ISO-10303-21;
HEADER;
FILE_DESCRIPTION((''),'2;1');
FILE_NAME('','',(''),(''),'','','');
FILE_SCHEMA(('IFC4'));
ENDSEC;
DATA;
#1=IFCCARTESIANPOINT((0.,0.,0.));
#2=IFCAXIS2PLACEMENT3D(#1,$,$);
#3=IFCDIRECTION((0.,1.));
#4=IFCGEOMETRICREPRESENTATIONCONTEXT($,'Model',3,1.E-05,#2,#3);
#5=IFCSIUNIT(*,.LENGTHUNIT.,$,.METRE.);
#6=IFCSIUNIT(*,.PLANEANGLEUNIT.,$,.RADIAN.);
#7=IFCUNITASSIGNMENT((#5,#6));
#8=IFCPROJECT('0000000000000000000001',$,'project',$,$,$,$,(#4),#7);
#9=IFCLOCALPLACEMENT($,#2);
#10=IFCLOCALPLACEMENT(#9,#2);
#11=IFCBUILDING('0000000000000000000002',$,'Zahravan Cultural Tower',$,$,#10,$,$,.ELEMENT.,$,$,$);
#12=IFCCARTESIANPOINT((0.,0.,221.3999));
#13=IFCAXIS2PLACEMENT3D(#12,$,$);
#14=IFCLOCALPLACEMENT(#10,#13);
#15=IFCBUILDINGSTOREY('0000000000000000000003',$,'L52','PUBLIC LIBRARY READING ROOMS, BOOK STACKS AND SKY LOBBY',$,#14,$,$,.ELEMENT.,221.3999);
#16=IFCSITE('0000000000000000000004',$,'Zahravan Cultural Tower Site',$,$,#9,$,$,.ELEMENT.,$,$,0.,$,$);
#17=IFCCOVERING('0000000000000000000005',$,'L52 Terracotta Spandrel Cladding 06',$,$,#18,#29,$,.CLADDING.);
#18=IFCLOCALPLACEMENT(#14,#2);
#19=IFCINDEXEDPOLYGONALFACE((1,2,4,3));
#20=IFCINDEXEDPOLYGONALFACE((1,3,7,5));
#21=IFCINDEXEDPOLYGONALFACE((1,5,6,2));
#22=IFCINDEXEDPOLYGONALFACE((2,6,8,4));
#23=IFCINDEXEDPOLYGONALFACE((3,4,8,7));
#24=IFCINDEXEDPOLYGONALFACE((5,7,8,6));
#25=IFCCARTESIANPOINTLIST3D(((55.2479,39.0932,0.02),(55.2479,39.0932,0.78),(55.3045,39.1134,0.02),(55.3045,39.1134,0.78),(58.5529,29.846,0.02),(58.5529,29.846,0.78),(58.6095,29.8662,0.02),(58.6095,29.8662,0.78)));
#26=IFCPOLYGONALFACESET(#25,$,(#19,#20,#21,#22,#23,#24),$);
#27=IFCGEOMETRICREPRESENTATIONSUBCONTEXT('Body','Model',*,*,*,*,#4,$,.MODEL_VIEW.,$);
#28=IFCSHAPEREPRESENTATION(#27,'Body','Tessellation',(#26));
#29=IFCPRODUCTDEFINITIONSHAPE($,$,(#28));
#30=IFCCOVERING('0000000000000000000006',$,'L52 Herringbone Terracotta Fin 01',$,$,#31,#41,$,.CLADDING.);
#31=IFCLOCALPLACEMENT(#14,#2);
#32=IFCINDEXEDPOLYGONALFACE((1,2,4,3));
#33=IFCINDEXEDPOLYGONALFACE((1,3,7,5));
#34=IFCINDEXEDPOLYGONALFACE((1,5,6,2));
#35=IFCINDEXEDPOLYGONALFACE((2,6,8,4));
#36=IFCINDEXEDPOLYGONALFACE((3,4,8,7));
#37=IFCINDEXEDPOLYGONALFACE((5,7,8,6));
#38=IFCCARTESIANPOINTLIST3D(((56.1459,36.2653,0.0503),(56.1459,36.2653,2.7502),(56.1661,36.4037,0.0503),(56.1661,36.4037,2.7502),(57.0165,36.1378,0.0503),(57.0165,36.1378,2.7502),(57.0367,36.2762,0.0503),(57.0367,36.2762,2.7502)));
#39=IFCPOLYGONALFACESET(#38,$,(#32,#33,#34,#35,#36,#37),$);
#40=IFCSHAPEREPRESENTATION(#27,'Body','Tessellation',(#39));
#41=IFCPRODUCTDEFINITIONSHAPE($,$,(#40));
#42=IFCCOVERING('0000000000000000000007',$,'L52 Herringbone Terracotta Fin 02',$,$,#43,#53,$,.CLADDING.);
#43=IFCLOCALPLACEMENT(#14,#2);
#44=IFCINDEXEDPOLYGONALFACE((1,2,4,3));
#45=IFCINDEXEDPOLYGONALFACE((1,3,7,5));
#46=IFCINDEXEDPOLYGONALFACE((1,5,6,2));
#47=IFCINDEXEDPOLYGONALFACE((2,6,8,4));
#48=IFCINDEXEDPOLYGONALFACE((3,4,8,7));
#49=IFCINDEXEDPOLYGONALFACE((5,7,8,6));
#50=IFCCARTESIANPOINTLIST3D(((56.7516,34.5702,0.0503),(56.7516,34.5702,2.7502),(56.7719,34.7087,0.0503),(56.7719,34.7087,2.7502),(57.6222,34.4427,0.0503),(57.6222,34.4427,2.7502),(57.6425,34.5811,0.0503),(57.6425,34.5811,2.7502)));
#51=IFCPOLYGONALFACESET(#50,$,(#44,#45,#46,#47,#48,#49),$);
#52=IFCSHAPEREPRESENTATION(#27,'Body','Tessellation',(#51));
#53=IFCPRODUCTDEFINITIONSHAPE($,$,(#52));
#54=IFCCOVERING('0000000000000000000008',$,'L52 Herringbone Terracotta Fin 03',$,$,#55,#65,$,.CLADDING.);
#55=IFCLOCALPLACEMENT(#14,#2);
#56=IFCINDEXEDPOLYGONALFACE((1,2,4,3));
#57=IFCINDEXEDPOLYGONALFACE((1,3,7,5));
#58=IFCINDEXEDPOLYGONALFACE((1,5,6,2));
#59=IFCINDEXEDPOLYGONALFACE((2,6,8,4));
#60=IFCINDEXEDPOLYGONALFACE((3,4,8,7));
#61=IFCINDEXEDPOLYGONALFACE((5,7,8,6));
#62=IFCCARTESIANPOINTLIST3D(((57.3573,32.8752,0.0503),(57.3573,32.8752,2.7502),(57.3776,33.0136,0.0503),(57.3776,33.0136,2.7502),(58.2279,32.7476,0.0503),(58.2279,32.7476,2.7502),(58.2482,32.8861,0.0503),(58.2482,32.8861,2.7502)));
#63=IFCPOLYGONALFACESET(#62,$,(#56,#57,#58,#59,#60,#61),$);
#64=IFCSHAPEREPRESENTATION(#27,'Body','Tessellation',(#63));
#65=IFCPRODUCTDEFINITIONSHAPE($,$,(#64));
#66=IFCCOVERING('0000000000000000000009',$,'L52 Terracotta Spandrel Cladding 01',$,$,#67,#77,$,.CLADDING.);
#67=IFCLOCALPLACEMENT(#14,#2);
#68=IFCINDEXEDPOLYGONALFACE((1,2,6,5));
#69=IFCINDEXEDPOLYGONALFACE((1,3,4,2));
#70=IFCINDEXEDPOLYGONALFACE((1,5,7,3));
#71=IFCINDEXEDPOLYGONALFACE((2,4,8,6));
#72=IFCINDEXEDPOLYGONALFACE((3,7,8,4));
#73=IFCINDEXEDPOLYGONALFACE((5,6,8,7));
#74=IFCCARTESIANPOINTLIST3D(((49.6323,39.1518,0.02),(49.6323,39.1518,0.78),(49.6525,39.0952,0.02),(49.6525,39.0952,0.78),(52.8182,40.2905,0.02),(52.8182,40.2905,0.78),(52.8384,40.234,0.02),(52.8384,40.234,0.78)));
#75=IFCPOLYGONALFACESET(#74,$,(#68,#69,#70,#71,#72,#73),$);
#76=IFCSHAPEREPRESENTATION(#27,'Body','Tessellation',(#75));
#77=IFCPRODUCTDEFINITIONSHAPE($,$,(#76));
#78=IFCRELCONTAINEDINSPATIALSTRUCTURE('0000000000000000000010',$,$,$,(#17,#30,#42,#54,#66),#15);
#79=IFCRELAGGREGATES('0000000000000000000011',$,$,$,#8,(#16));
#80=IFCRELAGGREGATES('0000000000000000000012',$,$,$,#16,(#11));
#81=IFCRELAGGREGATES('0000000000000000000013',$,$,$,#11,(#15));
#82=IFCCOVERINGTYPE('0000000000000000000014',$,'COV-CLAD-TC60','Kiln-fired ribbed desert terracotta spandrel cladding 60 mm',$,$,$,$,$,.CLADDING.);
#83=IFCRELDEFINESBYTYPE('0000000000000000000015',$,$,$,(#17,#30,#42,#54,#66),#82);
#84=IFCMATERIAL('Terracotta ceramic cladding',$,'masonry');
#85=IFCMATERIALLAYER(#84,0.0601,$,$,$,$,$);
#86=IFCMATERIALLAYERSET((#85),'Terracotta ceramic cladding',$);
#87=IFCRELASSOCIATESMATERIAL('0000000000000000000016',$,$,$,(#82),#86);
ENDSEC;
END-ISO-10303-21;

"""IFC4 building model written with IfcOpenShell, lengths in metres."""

from ifc_helpers import new_model, si_unit, direction, frame, origin, origin_2d, place, context, subcontext, project, spatial, rectangle, extrude, source, transform, mapped, material, layer, layer_set, type_object, element, save


model = new_model("IFC4")

# Units and contexts
model_context = context("Model", 3, precision=1e-05, world=origin(), true_north=direction((0.0, 1.0)))
body_context = subcontext(model_context, "Body", "Model", "MODEL_VIEW")
ifc_project = project(units=[si_unit("LENGTHUNIT", "METRE"), si_unit("PLANEANGLEUNIT", "RADIAN")], contexts=[model_context])

# Site, building, storey
site_placement = place(None, origin())
site = spatial("IfcSite", under=ifc_project, at=site_placement, Name="Zahravan Cultural Tower Site", CompositionType="ELEMENT", RefElevation=0.0)
building_placement = place(site_placement, origin())
building = spatial("IfcBuilding", under=site, at=building_placement, Name="Zahravan Cultural Tower", CompositionType="ELEMENT")
storey_placement = place(building_placement, frame((0.0, 0.0, 221.3999)))
storey = spatial("IfcBuildingStorey", under=building, at=storey_placement, Name="L52", Description="PUBLIC LIBRARY READING ROOMS, BOOK STACKS AND SKY LOBBY", CompositionType="ELEMENT", Elevation=221.3999)

# Coverings
ifc_material_1 = material(Name="Terracotta ceramic cladding", Category="masonry")
ifc_layer_1 = layer(ifc_material_1, 0.0601)
ifc_layer_set_1 = layer_set([ifc_layer_1], Name="Terracotta ceramic cladding")
covering_type = type_object("IfcCoveringType", Name="COV-CLAD-TC60", Description="Kiln-fired ribbed desert terracotta spandrel cladding 60 mm", PredefinedType="CLADDING", material=ifc_layer_set_1)
shared_shape_1 = source(origin(), body_context, "Body", "SweptSolid", [
    extrude(rectangle(XDim=9.8201, YDim=0.0601, at=origin_2d()), origin(), (0.0, 0.0, 1.0), 0.76),
])
covering_1_placement = place(storey_placement, frame((56.9287, 34.4797, 0.02), z_axis=(0.0, 0.0, 1.0), x_axis=(0.336553, -0.941665, 0.0)))
element("IfcCovering", 1, at=covering_1_placement, inside=storey, type_object=covering_type, Name="L52 Terracotta Spandrel Cladding 06", PredefinedType="CLADDING", context=body_context, shape_type="MappedRepresentation", body=[
    mapped(shared_shape_1, transform((0.0, 0.0, 0.0), x_axis=(1.0, 0.0, 0.0), y_axis=(0.0, 1.0, 0.0), z_axis=(0.0, 0.0, 1.0), scale=1.0)),
])
shared_shape_2 = source(origin(), body_context, "Body", "SweptSolid", [
    extrude(rectangle(XDim=0.8799, YDim=0.1399, at=origin_2d()), origin(), (0.0, 0.0, 1.0), 2.7),
])
for number, where, z_axis, x_axis, name in (
    (2, (56.5913, 36.2708, 0.0503), (0.0, 0.0, 1.0), (0.989442, -0.144926, 0.0), "L52 Herringbone Terracotta Fin 01"),
    (3, (57.197, 34.5757, 0.0503), (0.0, 0.0, 1.0), (0.989442, -0.144926, 0.0), "L52 Herringbone Terracotta Fin 02"),
    (4, (57.8027, 32.8806, 0.0503), (0.0, 0.0, 1.0), (0.989442, -0.144926, 0.0), "L52 Herringbone Terracotta Fin 03"),
):
    element("IfcCovering", number, at=place(storey_placement, frame(where, z_axis=z_axis, x_axis=x_axis)), inside=storey, type_object=covering_type, Name=name, PredefinedType="CLADDING", context=body_context, shape_type="MappedRepresentation", body=[
        mapped(shared_shape_2, transform((0.0, 0.0, 0.0), x_axis=(1.0, 0.0, 0.0), y_axis=(0.0, 1.0, 0.0), z_axis=(0.0, 0.0, 1.0), scale=1.0)),
    ])
shared_shape_3 = source(origin(), body_context, "Body", "SweptSolid", [
    extrude(rectangle(XDim=3.3833, YDim=0.0601, at=origin_2d()), origin(), (0.0, 0.0, 1.0), 0.76),
])
covering_2_placement = place(storey_placement, frame((51.2354, 39.6929, 0.02), z_axis=(0.0, 0.0, 1.0), x_axis=(0.941659, 0.336569, 0.0)))
element("IfcCovering", 5, at=covering_2_placement, inside=storey, type_object=covering_type, Name="L52 Terracotta Spandrel Cladding 01", PredefinedType="CLADDING", context=body_context, shape_type="MappedRepresentation", body=[
    mapped(shared_shape_3, transform((0.0, 0.0, 0.0), x_axis=(1.0, 0.0, 0.0), y_axis=(0.0, 1.0, 0.0), z_axis=(0.0, 0.0, 1.0), scale=1.0)),
])

save(model, "model.ifc")
